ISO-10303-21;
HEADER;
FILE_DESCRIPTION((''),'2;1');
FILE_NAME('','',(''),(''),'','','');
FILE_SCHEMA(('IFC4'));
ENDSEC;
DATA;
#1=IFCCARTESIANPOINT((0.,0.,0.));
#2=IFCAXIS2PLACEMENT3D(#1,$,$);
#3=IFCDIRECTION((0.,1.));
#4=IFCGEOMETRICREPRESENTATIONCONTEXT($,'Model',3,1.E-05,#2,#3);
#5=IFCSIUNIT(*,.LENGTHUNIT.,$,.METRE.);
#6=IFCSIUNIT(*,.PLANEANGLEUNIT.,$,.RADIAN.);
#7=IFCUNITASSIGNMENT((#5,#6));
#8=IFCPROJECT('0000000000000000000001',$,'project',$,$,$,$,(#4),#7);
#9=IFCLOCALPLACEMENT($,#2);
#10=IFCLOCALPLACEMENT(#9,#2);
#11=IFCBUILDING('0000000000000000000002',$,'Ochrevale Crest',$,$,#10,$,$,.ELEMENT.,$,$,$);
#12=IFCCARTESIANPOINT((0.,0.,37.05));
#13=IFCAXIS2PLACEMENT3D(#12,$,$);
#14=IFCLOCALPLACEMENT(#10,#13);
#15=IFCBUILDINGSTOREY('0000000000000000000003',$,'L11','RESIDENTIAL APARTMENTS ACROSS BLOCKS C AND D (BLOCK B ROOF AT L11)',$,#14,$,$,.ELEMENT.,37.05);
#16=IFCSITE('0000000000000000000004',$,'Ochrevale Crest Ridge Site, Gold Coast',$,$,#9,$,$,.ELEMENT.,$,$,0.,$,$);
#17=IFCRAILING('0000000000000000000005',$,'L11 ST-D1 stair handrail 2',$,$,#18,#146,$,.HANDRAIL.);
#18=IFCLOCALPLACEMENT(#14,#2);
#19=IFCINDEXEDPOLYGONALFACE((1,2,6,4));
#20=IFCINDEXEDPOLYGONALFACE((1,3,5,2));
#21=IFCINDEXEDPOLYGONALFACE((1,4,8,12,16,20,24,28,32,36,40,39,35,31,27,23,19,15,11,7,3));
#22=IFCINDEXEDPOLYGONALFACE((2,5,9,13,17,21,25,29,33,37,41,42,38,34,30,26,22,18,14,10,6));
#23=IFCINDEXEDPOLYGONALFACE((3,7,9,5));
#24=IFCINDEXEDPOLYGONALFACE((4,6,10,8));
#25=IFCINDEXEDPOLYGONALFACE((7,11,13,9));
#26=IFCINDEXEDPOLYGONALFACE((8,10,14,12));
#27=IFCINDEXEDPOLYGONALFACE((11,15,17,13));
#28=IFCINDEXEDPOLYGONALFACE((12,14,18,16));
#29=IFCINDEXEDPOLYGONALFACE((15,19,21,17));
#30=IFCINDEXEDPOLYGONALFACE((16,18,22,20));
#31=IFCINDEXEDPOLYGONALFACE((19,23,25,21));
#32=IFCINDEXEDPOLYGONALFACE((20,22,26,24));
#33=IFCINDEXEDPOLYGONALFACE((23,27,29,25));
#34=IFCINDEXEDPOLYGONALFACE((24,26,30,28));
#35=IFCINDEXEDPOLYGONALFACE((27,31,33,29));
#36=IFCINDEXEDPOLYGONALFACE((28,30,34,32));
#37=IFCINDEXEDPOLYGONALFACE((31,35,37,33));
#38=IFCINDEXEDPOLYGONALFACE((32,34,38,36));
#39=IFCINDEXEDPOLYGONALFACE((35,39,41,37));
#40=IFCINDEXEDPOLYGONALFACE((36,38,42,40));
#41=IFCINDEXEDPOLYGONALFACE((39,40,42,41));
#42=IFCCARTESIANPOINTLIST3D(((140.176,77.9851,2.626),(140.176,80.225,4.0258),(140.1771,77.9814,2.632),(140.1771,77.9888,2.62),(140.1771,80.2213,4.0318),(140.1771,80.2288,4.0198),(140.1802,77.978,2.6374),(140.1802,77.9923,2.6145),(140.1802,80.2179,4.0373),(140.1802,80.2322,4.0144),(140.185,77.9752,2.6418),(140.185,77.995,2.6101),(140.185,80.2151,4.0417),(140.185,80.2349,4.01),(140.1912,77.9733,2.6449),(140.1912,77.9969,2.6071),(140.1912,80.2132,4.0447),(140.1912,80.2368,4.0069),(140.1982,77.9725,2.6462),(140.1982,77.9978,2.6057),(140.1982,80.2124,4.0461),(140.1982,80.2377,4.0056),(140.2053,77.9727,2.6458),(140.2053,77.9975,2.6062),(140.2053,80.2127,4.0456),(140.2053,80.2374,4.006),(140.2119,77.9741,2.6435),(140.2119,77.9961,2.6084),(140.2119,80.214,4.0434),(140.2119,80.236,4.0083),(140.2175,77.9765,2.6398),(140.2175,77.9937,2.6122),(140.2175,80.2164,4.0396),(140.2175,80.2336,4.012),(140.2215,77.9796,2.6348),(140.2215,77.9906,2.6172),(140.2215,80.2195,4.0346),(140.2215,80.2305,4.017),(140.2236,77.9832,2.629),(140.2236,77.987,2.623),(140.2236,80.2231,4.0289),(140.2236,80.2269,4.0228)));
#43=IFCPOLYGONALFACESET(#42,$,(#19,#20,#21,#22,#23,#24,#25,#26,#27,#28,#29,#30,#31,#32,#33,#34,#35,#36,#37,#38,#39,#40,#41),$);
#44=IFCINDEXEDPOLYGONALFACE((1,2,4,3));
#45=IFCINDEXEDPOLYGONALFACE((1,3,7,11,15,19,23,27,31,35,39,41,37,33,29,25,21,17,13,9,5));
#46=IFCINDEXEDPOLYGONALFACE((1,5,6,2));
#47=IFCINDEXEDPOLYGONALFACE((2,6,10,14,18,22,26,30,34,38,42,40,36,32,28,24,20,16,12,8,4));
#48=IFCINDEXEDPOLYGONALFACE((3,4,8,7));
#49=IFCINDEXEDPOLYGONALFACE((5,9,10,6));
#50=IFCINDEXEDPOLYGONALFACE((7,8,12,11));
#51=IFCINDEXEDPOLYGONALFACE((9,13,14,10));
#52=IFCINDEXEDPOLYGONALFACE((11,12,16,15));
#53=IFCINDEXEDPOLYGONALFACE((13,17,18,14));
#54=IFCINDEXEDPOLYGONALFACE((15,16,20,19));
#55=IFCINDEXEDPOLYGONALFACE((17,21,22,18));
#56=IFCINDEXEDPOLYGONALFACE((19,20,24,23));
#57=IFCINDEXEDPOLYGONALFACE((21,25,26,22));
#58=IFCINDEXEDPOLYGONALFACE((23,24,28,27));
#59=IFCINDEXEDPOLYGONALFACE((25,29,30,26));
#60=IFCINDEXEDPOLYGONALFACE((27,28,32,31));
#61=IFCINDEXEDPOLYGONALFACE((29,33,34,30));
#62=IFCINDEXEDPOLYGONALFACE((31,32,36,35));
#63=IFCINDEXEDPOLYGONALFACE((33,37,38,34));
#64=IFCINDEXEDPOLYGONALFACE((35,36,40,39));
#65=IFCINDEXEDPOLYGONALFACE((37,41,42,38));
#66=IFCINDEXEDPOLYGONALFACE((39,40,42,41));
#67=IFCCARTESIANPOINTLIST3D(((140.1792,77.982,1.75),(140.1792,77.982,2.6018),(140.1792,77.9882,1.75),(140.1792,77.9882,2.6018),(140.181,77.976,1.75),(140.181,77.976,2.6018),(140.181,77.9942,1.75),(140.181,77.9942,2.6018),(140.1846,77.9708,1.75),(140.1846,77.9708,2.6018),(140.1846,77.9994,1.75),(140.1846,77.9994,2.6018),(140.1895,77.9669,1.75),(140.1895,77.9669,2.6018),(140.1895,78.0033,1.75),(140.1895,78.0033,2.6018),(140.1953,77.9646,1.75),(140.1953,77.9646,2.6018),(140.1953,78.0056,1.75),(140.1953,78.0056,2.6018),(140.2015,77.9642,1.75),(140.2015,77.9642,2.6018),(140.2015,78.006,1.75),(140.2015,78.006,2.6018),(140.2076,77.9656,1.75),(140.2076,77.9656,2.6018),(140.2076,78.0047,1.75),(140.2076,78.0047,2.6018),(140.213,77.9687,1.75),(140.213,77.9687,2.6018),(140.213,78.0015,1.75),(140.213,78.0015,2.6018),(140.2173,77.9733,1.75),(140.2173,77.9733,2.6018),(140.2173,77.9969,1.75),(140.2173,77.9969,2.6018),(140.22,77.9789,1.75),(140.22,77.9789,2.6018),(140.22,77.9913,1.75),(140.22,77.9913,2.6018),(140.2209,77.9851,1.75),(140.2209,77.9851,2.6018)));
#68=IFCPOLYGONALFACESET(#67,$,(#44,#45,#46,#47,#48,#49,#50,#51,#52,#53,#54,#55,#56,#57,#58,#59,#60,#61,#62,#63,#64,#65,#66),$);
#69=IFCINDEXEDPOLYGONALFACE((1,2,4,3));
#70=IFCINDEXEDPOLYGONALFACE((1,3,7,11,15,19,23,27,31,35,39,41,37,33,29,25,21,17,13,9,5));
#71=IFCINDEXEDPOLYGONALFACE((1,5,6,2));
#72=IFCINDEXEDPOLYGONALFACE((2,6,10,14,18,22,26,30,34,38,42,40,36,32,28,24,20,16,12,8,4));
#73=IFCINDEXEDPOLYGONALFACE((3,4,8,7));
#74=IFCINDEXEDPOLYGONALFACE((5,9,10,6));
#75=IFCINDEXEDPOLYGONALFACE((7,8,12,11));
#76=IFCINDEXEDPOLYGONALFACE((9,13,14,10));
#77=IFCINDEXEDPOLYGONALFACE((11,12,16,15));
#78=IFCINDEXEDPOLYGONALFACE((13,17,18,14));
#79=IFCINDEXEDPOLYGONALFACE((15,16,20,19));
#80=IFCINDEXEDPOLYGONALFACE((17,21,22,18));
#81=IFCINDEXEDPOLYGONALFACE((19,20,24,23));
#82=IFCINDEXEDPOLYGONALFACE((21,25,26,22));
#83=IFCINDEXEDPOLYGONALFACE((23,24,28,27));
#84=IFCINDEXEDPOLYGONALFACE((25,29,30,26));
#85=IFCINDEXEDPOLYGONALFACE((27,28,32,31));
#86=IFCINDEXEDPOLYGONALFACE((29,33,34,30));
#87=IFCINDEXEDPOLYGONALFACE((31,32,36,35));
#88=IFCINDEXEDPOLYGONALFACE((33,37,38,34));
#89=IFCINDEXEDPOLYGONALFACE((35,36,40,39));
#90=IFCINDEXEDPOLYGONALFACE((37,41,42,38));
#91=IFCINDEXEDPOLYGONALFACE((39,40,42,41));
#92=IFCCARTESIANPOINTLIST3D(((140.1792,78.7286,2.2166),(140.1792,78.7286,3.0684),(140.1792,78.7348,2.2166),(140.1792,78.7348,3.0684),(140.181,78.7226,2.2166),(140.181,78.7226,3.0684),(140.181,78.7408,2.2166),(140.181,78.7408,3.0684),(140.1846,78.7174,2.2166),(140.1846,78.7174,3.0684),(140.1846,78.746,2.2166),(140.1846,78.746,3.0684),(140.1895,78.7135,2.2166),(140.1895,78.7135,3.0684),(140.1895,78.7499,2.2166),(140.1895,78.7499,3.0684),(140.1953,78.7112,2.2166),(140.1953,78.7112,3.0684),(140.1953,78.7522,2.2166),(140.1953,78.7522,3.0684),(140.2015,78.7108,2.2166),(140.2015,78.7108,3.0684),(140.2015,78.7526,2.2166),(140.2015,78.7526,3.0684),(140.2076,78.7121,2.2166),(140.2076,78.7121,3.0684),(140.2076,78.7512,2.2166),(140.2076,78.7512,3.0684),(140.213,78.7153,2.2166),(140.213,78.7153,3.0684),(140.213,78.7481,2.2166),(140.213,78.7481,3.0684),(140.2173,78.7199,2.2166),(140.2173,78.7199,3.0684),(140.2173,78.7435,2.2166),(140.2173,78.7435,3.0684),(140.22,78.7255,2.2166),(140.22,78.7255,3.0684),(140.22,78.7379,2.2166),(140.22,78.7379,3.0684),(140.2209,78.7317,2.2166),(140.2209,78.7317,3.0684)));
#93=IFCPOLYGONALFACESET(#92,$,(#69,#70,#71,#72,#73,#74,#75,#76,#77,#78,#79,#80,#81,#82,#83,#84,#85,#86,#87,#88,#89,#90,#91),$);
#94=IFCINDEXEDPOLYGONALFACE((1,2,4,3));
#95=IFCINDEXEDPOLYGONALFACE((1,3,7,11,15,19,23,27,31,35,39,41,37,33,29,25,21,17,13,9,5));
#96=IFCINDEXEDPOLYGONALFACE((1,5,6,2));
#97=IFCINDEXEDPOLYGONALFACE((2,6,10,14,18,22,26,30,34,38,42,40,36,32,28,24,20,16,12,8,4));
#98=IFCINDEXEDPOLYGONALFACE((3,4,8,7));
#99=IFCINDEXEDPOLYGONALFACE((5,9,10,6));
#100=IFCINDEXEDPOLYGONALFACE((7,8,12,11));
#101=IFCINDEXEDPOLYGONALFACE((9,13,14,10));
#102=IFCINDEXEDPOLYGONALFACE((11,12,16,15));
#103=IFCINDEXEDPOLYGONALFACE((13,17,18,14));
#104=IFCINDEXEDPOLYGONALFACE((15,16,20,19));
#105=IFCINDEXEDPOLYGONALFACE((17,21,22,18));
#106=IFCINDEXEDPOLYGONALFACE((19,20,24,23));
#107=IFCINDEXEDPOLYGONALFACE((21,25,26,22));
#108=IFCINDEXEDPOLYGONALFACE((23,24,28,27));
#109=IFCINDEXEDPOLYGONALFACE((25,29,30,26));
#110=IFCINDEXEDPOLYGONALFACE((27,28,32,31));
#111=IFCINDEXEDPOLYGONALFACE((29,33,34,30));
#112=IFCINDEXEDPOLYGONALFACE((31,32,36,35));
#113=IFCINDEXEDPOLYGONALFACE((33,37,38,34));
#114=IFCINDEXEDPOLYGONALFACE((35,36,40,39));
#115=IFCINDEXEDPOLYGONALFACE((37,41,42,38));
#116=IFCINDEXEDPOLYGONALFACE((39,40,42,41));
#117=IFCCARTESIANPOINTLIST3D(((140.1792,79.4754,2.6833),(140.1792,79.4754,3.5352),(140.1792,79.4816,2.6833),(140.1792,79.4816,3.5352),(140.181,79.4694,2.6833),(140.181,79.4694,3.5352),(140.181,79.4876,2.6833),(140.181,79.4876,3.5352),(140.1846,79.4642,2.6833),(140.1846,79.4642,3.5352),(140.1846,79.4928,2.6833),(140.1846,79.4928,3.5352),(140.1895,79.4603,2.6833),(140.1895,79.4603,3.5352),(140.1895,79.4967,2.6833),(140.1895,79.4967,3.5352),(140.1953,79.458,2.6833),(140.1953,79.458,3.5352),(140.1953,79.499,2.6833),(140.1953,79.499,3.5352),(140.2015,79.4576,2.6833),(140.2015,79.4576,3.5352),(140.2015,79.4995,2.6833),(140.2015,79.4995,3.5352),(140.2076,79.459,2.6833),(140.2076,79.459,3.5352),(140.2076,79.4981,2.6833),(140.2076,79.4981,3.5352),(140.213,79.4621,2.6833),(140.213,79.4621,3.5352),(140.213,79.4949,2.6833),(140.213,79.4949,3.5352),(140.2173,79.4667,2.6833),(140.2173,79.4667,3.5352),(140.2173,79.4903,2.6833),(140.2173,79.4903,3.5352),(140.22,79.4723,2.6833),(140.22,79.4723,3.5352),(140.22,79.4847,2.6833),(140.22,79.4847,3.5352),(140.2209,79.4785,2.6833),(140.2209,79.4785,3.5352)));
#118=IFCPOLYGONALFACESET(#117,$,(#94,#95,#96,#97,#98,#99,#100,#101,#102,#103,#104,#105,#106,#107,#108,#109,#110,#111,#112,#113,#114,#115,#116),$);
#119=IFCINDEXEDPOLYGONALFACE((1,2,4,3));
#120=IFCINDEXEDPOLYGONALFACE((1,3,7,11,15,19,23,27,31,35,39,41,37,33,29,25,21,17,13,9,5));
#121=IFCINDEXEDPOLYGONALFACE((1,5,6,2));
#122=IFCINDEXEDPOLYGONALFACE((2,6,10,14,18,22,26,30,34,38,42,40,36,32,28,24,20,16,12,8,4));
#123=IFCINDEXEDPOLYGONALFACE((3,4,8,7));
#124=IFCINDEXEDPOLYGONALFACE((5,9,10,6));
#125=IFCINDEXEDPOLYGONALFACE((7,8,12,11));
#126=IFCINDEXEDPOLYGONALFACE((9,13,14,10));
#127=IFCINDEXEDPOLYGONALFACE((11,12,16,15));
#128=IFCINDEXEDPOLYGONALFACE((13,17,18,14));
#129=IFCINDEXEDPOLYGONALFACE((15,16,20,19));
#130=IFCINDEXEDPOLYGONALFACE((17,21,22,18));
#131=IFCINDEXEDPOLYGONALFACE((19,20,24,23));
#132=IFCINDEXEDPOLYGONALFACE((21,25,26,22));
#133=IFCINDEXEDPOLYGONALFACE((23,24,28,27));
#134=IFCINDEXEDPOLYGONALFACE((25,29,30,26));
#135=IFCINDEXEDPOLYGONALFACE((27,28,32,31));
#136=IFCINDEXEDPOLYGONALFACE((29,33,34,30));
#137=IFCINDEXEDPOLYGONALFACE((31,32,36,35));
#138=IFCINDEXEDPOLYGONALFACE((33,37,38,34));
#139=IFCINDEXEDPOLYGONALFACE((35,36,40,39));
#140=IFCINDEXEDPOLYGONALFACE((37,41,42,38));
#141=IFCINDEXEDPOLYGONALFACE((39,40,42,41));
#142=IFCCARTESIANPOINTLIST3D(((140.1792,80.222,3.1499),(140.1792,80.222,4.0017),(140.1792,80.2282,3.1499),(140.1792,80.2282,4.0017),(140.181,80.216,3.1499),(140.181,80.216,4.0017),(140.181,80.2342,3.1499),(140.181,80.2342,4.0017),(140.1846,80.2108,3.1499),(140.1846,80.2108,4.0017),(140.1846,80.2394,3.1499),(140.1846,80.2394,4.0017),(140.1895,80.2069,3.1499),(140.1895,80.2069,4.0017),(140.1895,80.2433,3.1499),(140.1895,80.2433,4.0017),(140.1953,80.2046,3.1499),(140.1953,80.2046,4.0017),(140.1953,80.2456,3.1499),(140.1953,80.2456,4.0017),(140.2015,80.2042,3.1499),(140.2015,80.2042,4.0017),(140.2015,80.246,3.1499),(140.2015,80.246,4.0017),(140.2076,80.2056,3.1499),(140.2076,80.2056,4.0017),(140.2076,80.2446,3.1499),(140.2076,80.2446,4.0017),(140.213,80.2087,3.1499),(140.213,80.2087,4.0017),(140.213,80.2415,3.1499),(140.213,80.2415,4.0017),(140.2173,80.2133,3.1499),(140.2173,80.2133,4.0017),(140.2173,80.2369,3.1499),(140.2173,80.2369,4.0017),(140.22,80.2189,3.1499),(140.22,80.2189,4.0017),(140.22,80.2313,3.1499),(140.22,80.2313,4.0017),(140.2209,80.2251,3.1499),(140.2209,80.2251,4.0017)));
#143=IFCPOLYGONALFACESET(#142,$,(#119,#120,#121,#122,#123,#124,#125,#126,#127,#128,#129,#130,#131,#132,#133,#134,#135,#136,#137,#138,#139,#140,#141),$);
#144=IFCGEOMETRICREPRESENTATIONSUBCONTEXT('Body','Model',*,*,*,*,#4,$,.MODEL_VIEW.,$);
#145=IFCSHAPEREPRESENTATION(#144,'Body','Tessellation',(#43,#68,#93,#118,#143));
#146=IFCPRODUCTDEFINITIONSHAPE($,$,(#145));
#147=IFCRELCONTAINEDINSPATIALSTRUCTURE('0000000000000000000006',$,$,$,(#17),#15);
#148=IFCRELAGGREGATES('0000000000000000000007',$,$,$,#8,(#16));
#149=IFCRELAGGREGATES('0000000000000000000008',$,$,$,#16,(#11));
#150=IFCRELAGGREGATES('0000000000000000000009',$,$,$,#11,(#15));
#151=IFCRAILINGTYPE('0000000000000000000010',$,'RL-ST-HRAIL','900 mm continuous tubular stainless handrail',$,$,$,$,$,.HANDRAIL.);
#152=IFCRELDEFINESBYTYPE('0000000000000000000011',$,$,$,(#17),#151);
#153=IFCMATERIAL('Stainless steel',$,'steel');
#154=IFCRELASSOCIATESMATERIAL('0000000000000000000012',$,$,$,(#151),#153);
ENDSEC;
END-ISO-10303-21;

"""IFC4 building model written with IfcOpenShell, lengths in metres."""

from ifc_helpers import new_model, si_unit, direction, frame, origin, origin_2d, place, context, subcontext, project, spatial, circle, extrude, material, type_object, element, save


model = new_model("IFC4")

# Units and contexts
model_context = context("Model", 3, precision=1e-05, world=origin(), true_north=direction((0.0, 1.0)))
body_context = subcontext(model_context, "Body", "Model", "MODEL_VIEW")
ifc_project = project(units=[si_unit("LENGTHUNIT", "METRE"), si_unit("PLANEANGLEUNIT", "RADIAN")], contexts=[model_context])

# Site, building, storey
site_placement = place(None, origin())
site = spatial("IfcSite", under=ifc_project, at=site_placement, Name="Ochrevale Crest Ridge Site, Gold Coast", CompositionType="ELEMENT", RefElevation=0.0)
building_placement = place(site_placement, origin())
building = spatial("IfcBuilding", under=site, at=building_placement, Name="Ochrevale Crest", CompositionType="ELEMENT")
storey_placement = place(building_placement, frame((0.0, 0.0, 37.05)))
storey = spatial("IfcBuildingStorey", under=building, at=storey_placement, Name="L11", Description="RESIDENTIAL APARTMENTS ACROSS BLOCKS C AND D (BLOCK B ROOF AT L11)", CompositionType="ELEMENT", Elevation=37.05)

# Railing
ifc_material_1 = material(Name="Stainless steel", Category="steel")
railing_type_1 = type_object("IfcRailingType", Name="RL-ST-HRAIL", Description="900 mm continuous tubular stainless handrail", PredefinedType="HANDRAIL", material=ifc_material_1)
railing_1_placement = place(storey_placement, frame((140.2, 77.9851, 1.75)))
element("IfcRailing", 1, at=railing_1_placement, inside=storey, type_object=railing_type_1, Name="L11 ST-D1 stair handrail 2", PredefinedType="HANDRAIL", context=body_context, shape_type="SweptSolid", body=[
    extrude(circle(Radius=0.0239, at=origin_2d()), frame((0.0, 0.0, 0.876), z_axis=(0.0, 0.848014, 0.529974), x_axis=(-1.0, 0.0, 0.0)), (0.0, 0.0, 1.0), 2.6414),
    extrude(circle(Radius=0.021, at=origin_2d()), origin(), (0.0, 0.0, 1.0), 0.8518),
    extrude(circle(Radius=0.021, at=origin_2d()), frame((0.0, 0.7466, 0.4666)), (0.0, 0.0, 1.0), 0.8518),
    extrude(circle(Radius=0.021, at=origin_2d()), frame((0.0, 1.4934, 0.9333)), (0.0, 0.0, 1.0), 0.8518),
    extrude(circle(Radius=0.021, at=origin_2d()), frame((0.0, 2.24, 1.3999)), (0.0, 0.0, 1.0), 0.8518),
])

save(model, "model.ifc")
